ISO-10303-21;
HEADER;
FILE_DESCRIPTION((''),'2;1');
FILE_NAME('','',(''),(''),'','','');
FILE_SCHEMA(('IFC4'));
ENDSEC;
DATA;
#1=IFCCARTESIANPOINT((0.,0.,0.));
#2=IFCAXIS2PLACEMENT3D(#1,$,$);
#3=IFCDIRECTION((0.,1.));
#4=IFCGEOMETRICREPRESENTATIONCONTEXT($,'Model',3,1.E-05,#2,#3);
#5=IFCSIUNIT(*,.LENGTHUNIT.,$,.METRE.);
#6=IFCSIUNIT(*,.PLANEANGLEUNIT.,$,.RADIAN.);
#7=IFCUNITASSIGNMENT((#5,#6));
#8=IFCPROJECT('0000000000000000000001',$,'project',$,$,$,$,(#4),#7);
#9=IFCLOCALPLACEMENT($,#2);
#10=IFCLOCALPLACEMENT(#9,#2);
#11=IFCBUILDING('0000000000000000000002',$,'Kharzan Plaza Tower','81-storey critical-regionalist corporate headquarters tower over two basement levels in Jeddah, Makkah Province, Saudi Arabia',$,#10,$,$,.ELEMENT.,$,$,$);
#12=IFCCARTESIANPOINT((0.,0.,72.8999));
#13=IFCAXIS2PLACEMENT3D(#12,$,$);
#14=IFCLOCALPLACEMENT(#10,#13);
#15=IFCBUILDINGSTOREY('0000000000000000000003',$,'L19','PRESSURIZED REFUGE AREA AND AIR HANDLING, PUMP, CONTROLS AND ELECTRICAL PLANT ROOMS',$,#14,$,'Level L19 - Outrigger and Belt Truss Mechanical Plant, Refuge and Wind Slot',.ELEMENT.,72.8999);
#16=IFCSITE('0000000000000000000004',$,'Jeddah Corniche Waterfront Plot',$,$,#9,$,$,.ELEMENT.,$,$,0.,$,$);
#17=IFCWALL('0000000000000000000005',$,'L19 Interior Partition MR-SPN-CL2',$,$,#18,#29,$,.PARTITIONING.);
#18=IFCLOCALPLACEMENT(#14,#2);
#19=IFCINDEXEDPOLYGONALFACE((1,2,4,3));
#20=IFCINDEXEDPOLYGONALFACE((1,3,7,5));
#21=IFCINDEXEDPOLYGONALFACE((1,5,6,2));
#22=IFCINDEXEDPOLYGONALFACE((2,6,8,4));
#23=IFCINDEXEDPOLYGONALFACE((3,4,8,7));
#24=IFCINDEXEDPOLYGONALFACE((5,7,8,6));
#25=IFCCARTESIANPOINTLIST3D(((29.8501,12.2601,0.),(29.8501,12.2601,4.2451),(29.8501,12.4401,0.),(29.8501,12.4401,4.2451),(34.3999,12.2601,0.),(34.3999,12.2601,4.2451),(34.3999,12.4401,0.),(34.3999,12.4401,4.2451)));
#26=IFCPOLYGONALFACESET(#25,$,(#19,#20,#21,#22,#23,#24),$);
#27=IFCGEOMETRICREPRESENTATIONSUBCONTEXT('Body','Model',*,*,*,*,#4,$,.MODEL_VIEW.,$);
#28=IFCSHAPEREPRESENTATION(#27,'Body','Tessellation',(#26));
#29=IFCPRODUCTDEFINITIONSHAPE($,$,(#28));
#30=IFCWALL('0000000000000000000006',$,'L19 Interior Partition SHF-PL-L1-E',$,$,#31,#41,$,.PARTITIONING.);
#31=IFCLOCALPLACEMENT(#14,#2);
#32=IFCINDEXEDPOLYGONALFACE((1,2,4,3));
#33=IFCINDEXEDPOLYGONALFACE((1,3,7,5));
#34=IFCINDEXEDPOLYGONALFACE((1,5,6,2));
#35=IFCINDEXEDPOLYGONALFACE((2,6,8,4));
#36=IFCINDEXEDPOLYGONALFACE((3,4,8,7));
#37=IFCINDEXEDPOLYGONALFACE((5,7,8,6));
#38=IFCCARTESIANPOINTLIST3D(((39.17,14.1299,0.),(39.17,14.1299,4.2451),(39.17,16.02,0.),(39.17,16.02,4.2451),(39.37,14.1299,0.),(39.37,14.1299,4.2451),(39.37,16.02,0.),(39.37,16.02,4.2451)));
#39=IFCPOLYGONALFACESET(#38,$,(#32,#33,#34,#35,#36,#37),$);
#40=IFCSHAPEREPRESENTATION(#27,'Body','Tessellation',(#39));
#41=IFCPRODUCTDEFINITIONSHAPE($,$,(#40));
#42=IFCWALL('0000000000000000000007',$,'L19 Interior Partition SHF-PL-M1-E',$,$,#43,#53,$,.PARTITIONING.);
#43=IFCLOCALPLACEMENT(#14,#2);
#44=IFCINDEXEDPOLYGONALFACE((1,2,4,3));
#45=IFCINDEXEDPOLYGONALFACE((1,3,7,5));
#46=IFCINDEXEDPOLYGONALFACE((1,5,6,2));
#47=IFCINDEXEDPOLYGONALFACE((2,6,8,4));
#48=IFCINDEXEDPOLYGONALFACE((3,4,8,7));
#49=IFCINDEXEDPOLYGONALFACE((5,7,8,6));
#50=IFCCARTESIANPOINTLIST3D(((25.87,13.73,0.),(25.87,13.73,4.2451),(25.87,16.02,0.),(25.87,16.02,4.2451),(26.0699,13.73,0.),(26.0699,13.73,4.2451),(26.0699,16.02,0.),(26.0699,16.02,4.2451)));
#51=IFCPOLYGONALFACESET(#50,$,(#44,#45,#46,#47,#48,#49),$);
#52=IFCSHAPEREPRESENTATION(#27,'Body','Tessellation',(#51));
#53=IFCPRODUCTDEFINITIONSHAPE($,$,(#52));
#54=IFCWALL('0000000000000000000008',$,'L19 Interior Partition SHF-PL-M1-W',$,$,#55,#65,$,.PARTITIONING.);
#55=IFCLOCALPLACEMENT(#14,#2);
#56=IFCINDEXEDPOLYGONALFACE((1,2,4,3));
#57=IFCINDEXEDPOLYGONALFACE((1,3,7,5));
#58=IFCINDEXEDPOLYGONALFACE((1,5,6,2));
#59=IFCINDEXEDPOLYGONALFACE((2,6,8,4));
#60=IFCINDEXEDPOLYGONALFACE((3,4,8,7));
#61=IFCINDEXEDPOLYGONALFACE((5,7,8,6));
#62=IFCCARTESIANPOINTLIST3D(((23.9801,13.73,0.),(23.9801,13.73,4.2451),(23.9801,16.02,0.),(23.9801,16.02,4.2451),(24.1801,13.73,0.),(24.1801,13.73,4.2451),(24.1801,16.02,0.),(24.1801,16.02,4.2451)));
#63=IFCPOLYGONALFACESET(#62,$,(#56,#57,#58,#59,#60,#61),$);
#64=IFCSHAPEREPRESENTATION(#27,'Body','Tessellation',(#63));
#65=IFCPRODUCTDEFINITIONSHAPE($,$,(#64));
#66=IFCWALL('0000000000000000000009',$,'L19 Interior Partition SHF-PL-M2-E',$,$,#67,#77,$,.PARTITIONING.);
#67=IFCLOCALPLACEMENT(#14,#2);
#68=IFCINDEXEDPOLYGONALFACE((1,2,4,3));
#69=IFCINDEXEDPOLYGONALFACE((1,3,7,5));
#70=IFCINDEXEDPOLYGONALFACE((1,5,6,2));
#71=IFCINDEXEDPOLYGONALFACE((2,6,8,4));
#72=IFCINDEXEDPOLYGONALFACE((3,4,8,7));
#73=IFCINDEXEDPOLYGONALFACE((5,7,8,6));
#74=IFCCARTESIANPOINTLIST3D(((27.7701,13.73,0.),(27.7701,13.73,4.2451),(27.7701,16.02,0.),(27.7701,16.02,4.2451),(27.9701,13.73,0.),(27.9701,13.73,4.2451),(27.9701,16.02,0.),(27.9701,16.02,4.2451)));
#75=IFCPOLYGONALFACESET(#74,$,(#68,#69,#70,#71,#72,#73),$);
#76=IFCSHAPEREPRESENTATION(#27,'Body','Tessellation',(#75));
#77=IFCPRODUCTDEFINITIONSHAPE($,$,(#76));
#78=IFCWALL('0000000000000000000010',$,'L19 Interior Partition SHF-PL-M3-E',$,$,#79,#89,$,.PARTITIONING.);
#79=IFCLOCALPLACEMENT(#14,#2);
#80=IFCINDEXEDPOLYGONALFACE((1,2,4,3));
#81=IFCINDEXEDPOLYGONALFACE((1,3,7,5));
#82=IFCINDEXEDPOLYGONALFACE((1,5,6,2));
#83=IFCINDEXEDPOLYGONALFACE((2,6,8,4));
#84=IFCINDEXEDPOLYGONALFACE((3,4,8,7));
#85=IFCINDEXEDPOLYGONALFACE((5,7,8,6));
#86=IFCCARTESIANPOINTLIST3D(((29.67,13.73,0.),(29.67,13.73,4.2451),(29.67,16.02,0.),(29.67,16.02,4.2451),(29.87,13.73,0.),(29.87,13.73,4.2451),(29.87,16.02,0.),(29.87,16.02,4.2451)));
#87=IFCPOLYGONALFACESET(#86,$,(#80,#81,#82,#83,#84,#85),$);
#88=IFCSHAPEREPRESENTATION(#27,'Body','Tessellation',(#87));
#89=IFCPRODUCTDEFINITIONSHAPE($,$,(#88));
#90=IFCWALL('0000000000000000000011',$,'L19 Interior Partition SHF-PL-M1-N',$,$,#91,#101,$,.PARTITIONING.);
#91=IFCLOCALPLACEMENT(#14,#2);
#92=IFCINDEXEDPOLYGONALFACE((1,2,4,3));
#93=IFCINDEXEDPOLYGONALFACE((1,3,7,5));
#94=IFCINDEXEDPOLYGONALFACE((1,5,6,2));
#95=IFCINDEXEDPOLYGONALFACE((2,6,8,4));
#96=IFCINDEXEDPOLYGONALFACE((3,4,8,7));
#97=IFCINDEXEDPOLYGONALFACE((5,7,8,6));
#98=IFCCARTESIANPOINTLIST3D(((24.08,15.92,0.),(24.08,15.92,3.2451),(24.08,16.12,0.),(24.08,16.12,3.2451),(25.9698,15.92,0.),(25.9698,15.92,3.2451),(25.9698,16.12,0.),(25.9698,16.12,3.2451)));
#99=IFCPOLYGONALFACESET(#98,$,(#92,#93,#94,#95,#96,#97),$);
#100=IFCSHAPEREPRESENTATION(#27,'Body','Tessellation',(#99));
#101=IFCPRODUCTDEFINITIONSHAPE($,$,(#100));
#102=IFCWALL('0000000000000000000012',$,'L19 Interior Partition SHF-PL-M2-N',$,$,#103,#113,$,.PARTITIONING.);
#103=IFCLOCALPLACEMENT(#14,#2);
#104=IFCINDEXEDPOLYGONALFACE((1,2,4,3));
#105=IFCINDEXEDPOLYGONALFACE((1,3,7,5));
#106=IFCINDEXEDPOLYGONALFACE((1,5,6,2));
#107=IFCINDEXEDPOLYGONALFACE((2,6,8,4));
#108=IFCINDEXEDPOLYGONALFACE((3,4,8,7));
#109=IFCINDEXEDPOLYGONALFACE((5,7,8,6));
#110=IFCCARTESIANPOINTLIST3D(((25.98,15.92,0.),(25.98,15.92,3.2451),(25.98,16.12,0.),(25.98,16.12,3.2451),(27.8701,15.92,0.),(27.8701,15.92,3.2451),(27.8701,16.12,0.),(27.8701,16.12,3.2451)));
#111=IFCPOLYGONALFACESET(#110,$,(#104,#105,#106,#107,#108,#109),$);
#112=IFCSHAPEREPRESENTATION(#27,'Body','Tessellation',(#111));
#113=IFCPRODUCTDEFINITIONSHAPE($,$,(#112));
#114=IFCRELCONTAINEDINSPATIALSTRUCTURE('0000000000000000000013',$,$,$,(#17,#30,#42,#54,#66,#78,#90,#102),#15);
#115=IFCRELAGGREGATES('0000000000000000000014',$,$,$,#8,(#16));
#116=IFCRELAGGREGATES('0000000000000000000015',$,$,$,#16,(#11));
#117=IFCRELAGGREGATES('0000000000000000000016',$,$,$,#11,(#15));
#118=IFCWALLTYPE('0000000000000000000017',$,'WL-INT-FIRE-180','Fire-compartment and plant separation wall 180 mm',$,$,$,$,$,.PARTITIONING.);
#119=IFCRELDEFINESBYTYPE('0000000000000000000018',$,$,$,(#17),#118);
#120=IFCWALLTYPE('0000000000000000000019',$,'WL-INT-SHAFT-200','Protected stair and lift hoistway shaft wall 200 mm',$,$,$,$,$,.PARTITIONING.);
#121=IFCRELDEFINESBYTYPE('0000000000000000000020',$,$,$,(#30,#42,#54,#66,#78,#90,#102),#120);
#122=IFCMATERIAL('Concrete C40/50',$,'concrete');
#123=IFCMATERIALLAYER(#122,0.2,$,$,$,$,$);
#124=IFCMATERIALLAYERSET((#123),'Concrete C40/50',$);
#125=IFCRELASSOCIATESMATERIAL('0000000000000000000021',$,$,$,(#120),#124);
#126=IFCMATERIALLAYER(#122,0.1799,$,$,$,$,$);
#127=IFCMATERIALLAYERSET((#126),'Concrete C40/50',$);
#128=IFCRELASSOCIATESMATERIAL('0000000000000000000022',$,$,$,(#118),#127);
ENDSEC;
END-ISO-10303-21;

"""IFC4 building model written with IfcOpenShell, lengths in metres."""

from ifc_helpers import new_model, si_unit, direction, frame, frame_2d, origin, place, context, subcontext, project, spatial, rectangle, extrude, source, transform, mapped, material, layer, layer_set, type_object, element, save


model = new_model("IFC4")

# Units and contexts
model_context = context("Model", 3, precision=1e-05, world=origin(), true_north=direction((0.0, 1.0)))
body_context = subcontext(model_context, "Body", "Model", "MODEL_VIEW")
ifc_project = project(units=[si_unit("LENGTHUNIT", "METRE"), si_unit("PLANEANGLEUNIT", "RADIAN")], contexts=[model_context])

# Site, building, storey
site_placement = place(None, origin())
site = spatial("IfcSite", under=ifc_project, at=site_placement, Name="Jeddah Corniche Waterfront Plot", CompositionType="ELEMENT", RefElevation=0.0)
building_placement = place(site_placement, origin())
building = spatial("IfcBuilding", under=site, at=building_placement, Name="Kharzan Plaza Tower", Description="81-storey critical-regionalist corporate headquarters tower over two basement levels in Jeddah, Makkah Province, Saudi Arabia", CompositionType="ELEMENT")
storey_placement = place(building_placement, frame((0.0, 0.0, 72.8999)))
storey = spatial("IfcBuildingStorey", under=building, at=storey_placement, Name="L19", Description="PRESSURIZED REFUGE AREA AND AIR HANDLING, PUMP, CONTROLS AND ELECTRICAL PLANT ROOMS", LongName="Level L19 - Outrigger and Belt Truss Mechanical Plant, Refuge and Wind Slot", CompositionType="ELEMENT", Elevation=72.8999)

# Shared definitions
ifc_material_1 = material(Name="Concrete C40/50", Category="concrete")
ifc_layer_1 = layer(ifc_material_1, 0.2)
ifc_layer_set_1 = layer_set([ifc_layer_1], Name="Concrete C40/50")
wall_type_1 = type_object("IfcWallType", Name="WL-INT-SHAFT-200", Description="Protected stair and lift hoistway shaft wall 200 mm", PredefinedType="PARTITIONING", material=ifc_layer_set_1)

# Walls
ifc_layer_2 = layer(ifc_material_1, 0.1799)
ifc_layer_set_2 = layer_set([ifc_layer_2], Name="Concrete C40/50")
wall_type_2 = type_object("IfcWallType", Name="WL-INT-FIRE-180", Description="Fire-compartment and plant separation wall 180 mm", PredefinedType="PARTITIONING", material=ifc_layer_set_2)
shared_shape_1 = source(origin(), body_context, "Body", "SweptSolid", [
    extrude(rectangle(XDim=4.5498, YDim=0.1799, at=frame_2d((2.2749, 0.0))), origin(), (0.0, 0.0, 1.0), 4.2451),
])
wall_1_placement = place(storey_placement, frame((29.8501, 12.3501, 0.0), z_axis=(0.0, 0.0, 1.0), x_axis=(1.0, 0.0, 0.0)))
element("IfcWall", 1, at=wall_1_placement, inside=storey, type_object=wall_type_2, Name="L19 Interior Partition MR-SPN-CL2", PredefinedType="PARTITIONING", context=body_context, shape_type="MappedRepresentation", body=[
    mapped(shared_shape_1, transform((0.0, 0.0, 0.0), x_axis=(1.0, 0.0, 0.0), y_axis=(0.0, 1.0, 0.0), z_axis=(0.0, 0.0, 1.0))),
])
shared_shape_2 = source(origin(), body_context, "Body", "SweptSolid", [
    extrude(rectangle(XDim=1.8901, YDim=0.2, at=frame_2d((0.9451, 0.0))), origin(), (0.0, 0.0, 1.0), 4.2451),
])
wall_2_placement = place(storey_placement, frame((39.27, 14.1299, 0.0), z_axis=(0.0, 0.0, 1.0), x_axis=(0.0, 1.0, 0.0)))
element("IfcWall", 2, at=wall_2_placement, inside=storey, type_object=wall_type_1, Name="L19 Interior Partition SHF-PL-L1-E", PredefinedType="PARTITIONING", context=body_context, shape_type="MappedRepresentation", body=[
    mapped(shared_shape_2, transform((0.0, 0.0, 0.0), x_axis=(1.0, 0.0, 0.0), y_axis=(0.0, 1.0, 0.0), z_axis=(0.0, 0.0, 1.0))),
])
shared_shape_3 = source(origin(), body_context, "Body", "SweptSolid", [
    extrude(rectangle(XDim=2.29, YDim=0.2, at=frame_2d((1.145, 0.0))), origin(), (0.0, 0.0, 1.0), 4.2451),
])
for number, where, z_axis, x_axis, name in (
    (3, (25.97, 13.73, 0.0), (0.0, 0.0, 1.0), (0.0, 1.0, 0.0), "L19 Interior Partition SHF-PL-M1-E"),
    (4, (24.0801, 13.73, 0.0), (0.0, 0.0, 1.0), (0.0, 1.0, 0.0), "L19 Interior Partition SHF-PL-M1-W"),
    (5, (27.8701, 13.73, 0.0), (0.0, 0.0, 1.0), (0.0, 1.0, 0.0), "L19 Interior Partition SHF-PL-M2-E"),
    (6, (29.77, 13.73, 0.0), (0.0, 0.0, 1.0), (0.0, 1.0, 0.0), "L19 Interior Partition SHF-PL-M3-E"),
):
    element("IfcWall", number, at=place(storey_placement, frame(where, z_axis=z_axis, x_axis=x_axis)), inside=storey, type_object=wall_type_1, Name=name, PredefinedType="PARTITIONING", context=body_context, shape_type="MappedRepresentation", body=[
        mapped(shared_shape_3, transform((0.0, 0.0, 0.0), x_axis=(1.0, 0.0, 0.0), y_axis=(0.0, 1.0, 0.0), z_axis=(0.0, 0.0, 1.0))),
    ])
shared_shape_4 = source(origin(), body_context, "Body", "SweptSolid", [
    extrude(rectangle(XDim=1.8899, YDim=0.2, at=frame_2d((0.9448, 0.0))), origin(), (0.0, 0.0, 1.0), 3.2451),
])
wall_3_placement = place(storey_placement, frame((24.0801, 16.02, 0.0), z_axis=(0.0, 0.0, 1.0), x_axis=(1.0, 0.0, 0.0)))
element("IfcWall", 7, at=wall_3_placement, inside=storey, type_object=wall_type_1, Name="L19 Interior Partition SHF-PL-M1-N", PredefinedType="PARTITIONING", context=body_context, shape_type="MappedRepresentation", body=[
    mapped(shared_shape_4, transform((0.0, 0.0, 0.0), x_axis=(1.0, 0.0, 0.0), y_axis=(0.0, 1.0, 0.0), z_axis=(0.0, 0.0, 1.0))),
])
shared_shape_5 = source(origin(), body_context, "Body", "SweptSolid", [
    extrude(rectangle(XDim=1.8901, YDim=0.2, at=frame_2d((0.9451, 0.0))), origin(), (0.0, 0.0, 1.0), 3.2451),
])
wall_4_placement = place(storey_placement, frame((25.98, 16.02, 0.0), z_axis=(0.0, 0.0, 1.0), x_axis=(1.0, 0.0, 0.0)))
element("IfcWall", 8, at=wall_4_placement, inside=storey, type_object=wall_type_1, Name="L19 Interior Partition SHF-PL-M2-N", PredefinedType="PARTITIONING", context=body_context, shape_type="MappedRepresentation", body=[
    mapped(shared_shape_5, transform((0.0, 0.0, 0.0), x_axis=(1.0, 0.0, 0.0), y_axis=(0.0, 1.0, 0.0), z_axis=(0.0, 0.0, 1.0))),
])

save(model, "model.ifc")
